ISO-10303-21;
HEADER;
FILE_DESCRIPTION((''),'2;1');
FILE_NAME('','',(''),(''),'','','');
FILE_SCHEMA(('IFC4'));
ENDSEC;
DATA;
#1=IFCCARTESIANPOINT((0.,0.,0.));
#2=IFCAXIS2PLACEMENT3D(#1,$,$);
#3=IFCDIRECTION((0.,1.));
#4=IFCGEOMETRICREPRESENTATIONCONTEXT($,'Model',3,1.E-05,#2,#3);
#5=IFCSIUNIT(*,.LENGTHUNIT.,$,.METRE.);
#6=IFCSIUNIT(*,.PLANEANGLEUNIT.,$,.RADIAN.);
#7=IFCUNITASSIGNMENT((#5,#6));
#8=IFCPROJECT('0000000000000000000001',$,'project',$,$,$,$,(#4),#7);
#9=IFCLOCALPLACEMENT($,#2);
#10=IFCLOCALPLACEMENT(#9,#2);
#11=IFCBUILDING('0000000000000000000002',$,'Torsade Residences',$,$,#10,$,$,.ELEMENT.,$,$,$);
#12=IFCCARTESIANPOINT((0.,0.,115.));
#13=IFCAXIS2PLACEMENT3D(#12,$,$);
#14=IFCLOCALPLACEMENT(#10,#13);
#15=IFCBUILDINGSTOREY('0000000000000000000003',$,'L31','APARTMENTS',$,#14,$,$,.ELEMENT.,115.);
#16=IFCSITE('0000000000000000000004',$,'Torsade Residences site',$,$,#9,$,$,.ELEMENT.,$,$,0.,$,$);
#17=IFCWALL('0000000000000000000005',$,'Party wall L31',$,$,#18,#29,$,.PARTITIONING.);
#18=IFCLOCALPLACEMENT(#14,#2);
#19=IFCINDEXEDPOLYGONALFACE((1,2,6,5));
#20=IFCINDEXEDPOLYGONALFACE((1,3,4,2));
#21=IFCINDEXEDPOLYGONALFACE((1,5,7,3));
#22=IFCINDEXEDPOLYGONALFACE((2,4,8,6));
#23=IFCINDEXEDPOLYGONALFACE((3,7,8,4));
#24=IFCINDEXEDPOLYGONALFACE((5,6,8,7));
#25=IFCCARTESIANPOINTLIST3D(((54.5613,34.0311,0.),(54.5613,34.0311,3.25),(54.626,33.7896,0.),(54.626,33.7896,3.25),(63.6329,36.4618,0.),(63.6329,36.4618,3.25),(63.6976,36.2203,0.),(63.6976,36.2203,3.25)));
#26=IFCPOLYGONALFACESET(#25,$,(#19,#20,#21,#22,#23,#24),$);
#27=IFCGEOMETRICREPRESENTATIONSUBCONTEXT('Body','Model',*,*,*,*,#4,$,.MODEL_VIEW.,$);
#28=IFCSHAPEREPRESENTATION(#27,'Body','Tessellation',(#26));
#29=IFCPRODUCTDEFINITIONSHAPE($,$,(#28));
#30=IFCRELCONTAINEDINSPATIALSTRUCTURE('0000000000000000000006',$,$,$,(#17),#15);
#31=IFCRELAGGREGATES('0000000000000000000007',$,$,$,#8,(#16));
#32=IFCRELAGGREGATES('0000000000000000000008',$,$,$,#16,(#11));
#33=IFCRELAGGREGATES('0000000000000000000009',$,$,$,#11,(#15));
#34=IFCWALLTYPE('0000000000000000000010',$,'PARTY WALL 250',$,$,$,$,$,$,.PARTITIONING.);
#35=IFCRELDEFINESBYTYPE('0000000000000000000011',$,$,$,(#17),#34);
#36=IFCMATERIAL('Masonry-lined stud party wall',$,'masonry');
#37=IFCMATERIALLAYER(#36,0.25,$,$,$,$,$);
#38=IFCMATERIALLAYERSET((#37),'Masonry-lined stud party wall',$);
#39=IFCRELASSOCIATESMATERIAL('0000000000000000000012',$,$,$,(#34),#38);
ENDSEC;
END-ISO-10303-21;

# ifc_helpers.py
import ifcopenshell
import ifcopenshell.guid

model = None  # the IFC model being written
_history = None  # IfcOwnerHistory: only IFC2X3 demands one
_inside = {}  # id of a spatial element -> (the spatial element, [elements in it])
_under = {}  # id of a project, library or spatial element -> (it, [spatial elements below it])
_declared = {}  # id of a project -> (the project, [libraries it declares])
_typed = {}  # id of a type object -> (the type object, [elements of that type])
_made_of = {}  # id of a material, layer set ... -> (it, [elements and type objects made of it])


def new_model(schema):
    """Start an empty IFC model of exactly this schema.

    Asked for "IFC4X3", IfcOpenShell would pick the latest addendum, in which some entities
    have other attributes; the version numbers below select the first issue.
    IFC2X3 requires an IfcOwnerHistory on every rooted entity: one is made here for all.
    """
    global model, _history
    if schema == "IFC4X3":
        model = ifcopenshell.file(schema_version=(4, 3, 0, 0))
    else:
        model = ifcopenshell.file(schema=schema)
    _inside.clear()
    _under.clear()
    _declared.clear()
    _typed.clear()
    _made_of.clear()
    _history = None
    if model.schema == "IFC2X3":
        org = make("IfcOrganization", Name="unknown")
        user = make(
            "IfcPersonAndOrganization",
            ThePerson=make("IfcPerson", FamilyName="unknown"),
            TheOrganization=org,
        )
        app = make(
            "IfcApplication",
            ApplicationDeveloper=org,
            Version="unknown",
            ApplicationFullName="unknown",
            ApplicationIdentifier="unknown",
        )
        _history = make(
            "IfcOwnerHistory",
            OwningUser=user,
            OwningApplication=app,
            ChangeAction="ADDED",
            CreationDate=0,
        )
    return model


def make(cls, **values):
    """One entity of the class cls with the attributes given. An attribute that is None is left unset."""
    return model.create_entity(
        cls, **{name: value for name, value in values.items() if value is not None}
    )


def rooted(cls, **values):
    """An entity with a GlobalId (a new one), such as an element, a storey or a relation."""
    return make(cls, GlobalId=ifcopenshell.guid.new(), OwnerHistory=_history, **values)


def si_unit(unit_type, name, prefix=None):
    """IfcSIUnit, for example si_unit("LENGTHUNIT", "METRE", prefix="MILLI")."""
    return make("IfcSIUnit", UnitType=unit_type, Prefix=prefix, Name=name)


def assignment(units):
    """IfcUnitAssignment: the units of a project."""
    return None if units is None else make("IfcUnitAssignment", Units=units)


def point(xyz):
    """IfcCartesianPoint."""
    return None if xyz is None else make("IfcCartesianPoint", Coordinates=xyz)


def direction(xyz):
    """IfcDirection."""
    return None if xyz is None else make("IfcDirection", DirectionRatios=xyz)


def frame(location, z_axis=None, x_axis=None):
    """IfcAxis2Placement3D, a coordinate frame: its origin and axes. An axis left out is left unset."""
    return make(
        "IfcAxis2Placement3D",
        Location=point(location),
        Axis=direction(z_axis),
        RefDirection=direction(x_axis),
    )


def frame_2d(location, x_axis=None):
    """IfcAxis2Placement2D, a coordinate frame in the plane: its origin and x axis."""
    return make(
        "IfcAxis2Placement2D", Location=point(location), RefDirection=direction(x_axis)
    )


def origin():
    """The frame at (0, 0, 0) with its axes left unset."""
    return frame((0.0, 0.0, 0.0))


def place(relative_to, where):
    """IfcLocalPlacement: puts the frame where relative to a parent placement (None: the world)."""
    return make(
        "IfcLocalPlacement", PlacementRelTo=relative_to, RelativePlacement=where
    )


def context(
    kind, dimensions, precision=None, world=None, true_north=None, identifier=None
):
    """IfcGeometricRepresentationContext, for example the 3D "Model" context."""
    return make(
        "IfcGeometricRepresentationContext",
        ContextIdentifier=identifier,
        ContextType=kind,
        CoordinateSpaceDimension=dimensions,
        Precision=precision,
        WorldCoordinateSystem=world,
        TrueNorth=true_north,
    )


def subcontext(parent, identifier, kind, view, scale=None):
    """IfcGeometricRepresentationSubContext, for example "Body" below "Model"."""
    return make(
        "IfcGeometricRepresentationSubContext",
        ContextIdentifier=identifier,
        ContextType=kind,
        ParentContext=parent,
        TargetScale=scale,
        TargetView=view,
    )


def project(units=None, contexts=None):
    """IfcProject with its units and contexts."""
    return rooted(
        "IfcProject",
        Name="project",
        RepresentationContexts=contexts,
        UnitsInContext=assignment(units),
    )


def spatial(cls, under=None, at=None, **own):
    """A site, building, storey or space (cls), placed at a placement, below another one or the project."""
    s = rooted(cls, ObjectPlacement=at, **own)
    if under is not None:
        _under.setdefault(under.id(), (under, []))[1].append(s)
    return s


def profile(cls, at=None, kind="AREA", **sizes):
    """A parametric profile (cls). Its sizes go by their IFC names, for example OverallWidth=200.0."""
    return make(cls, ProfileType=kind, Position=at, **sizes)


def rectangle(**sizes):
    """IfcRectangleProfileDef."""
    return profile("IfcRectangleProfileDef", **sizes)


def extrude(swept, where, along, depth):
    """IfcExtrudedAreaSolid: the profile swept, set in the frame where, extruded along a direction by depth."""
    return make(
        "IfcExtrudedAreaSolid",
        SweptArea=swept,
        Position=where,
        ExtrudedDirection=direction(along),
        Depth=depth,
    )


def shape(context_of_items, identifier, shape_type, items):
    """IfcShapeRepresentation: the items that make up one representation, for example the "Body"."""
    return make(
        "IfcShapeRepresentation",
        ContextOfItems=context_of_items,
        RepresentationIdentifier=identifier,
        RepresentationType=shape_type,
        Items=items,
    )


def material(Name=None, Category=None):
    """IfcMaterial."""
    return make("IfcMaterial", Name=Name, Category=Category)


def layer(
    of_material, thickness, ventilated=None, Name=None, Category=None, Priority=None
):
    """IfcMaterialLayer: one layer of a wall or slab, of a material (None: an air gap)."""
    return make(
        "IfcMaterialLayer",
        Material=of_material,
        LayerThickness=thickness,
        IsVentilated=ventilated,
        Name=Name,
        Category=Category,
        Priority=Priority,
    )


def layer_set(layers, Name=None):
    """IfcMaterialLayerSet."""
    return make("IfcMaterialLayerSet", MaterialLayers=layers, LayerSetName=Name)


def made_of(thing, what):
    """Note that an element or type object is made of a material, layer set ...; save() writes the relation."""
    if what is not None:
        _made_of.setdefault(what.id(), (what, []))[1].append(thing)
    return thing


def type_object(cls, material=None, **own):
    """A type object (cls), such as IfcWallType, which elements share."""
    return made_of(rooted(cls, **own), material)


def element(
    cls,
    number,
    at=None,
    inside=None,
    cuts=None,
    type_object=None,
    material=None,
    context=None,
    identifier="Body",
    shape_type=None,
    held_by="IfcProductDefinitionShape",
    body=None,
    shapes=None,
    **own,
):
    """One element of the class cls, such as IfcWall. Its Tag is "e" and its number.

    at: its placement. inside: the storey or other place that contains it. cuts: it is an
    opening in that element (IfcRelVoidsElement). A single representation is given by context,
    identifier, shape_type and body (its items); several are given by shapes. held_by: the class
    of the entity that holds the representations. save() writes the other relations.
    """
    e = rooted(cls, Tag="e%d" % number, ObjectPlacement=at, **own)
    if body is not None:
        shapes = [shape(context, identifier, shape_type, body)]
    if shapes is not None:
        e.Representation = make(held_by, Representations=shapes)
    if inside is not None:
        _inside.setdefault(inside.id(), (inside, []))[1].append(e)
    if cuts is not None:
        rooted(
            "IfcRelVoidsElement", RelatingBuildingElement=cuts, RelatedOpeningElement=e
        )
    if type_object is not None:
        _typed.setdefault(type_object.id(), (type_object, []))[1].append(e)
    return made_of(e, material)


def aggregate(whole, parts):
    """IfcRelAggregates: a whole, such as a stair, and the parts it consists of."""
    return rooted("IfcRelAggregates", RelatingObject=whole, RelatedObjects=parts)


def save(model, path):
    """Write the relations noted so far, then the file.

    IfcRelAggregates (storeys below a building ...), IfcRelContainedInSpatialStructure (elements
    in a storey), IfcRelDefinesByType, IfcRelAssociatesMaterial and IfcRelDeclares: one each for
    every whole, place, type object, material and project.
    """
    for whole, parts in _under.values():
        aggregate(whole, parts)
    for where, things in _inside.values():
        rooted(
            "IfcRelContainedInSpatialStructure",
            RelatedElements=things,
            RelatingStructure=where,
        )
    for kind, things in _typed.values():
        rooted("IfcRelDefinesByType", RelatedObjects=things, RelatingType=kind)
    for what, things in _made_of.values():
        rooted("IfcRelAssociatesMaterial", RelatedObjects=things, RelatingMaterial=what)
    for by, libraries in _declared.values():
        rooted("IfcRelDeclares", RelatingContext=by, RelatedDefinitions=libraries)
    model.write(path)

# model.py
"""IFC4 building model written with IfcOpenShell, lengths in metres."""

from ifc_helpers import new_model, si_unit, direction, frame, frame_2d, origin, place, context, subcontext, project, spatial, rectangle, extrude, material, layer, layer_set, type_object, element, save


model = new_model("IFC4")

# Units and contexts
model_context = context("Model", 3, precision=1e-05, world=origin(), true_north=direction((0.0, 1.0)))
body_context = subcontext(model_context, "Body", "Model", "MODEL_VIEW")
ifc_project = project(units=[si_unit("LENGTHUNIT", "METRE"), si_unit("PLANEANGLEUNIT", "RADIAN")], contexts=[model_context])

# Site, building, storey
site_placement = place(None, origin())
site = spatial("IfcSite", under=ifc_project, at=site_placement, Name="Torsade Residences site", CompositionType="ELEMENT", RefElevation=0.0)
building_placement = place(site_placement, origin())
building = spatial("IfcBuilding", under=site, at=building_placement, Name="Torsade Residences", CompositionType="ELEMENT")
storey_placement = place(building_placement, frame((0.0, 0.0, 115.0)))
storey = spatial("IfcBuildingStorey", under=building, at=storey_placement, Name="L31", Description="APARTMENTS", CompositionType="ELEMENT", Elevation=115.0)

# Wall
ifc_material_1 = material(Name="Masonry-lined stud party wall", Category="masonry")
ifc_layer_1 = layer(ifc_material_1, 0.25)
ifc_layer_set_1 = layer_set([ifc_layer_1], Name="Masonry-lined stud party wall")
wall_type_1 = type_object("IfcWallType", Name="PARTY WALL 250", PredefinedType="PARTITIONING", material=ifc_layer_set_1)
wall_1_placement = place(storey_placement, frame((63.6653, 36.3411, 0.0), z_axis=(0.0, 0.0, 1.0), x_axis=(-0.965927, -0.258814, 0.0)))
element("IfcWall", 1, at=wall_1_placement, inside=storey, type_object=wall_type_1, Name="Party wall L31", PredefinedType="PARTITIONING", context=body_context, shape_type="SweptSolid", body=[
    extrude(rectangle(XDim=9.3916, YDim=0.25, at=frame_2d((4.6958, 0.0))), origin(), (0.0, 0.0, 1.0), 3.25),
])

save(model, "model.ifc")
